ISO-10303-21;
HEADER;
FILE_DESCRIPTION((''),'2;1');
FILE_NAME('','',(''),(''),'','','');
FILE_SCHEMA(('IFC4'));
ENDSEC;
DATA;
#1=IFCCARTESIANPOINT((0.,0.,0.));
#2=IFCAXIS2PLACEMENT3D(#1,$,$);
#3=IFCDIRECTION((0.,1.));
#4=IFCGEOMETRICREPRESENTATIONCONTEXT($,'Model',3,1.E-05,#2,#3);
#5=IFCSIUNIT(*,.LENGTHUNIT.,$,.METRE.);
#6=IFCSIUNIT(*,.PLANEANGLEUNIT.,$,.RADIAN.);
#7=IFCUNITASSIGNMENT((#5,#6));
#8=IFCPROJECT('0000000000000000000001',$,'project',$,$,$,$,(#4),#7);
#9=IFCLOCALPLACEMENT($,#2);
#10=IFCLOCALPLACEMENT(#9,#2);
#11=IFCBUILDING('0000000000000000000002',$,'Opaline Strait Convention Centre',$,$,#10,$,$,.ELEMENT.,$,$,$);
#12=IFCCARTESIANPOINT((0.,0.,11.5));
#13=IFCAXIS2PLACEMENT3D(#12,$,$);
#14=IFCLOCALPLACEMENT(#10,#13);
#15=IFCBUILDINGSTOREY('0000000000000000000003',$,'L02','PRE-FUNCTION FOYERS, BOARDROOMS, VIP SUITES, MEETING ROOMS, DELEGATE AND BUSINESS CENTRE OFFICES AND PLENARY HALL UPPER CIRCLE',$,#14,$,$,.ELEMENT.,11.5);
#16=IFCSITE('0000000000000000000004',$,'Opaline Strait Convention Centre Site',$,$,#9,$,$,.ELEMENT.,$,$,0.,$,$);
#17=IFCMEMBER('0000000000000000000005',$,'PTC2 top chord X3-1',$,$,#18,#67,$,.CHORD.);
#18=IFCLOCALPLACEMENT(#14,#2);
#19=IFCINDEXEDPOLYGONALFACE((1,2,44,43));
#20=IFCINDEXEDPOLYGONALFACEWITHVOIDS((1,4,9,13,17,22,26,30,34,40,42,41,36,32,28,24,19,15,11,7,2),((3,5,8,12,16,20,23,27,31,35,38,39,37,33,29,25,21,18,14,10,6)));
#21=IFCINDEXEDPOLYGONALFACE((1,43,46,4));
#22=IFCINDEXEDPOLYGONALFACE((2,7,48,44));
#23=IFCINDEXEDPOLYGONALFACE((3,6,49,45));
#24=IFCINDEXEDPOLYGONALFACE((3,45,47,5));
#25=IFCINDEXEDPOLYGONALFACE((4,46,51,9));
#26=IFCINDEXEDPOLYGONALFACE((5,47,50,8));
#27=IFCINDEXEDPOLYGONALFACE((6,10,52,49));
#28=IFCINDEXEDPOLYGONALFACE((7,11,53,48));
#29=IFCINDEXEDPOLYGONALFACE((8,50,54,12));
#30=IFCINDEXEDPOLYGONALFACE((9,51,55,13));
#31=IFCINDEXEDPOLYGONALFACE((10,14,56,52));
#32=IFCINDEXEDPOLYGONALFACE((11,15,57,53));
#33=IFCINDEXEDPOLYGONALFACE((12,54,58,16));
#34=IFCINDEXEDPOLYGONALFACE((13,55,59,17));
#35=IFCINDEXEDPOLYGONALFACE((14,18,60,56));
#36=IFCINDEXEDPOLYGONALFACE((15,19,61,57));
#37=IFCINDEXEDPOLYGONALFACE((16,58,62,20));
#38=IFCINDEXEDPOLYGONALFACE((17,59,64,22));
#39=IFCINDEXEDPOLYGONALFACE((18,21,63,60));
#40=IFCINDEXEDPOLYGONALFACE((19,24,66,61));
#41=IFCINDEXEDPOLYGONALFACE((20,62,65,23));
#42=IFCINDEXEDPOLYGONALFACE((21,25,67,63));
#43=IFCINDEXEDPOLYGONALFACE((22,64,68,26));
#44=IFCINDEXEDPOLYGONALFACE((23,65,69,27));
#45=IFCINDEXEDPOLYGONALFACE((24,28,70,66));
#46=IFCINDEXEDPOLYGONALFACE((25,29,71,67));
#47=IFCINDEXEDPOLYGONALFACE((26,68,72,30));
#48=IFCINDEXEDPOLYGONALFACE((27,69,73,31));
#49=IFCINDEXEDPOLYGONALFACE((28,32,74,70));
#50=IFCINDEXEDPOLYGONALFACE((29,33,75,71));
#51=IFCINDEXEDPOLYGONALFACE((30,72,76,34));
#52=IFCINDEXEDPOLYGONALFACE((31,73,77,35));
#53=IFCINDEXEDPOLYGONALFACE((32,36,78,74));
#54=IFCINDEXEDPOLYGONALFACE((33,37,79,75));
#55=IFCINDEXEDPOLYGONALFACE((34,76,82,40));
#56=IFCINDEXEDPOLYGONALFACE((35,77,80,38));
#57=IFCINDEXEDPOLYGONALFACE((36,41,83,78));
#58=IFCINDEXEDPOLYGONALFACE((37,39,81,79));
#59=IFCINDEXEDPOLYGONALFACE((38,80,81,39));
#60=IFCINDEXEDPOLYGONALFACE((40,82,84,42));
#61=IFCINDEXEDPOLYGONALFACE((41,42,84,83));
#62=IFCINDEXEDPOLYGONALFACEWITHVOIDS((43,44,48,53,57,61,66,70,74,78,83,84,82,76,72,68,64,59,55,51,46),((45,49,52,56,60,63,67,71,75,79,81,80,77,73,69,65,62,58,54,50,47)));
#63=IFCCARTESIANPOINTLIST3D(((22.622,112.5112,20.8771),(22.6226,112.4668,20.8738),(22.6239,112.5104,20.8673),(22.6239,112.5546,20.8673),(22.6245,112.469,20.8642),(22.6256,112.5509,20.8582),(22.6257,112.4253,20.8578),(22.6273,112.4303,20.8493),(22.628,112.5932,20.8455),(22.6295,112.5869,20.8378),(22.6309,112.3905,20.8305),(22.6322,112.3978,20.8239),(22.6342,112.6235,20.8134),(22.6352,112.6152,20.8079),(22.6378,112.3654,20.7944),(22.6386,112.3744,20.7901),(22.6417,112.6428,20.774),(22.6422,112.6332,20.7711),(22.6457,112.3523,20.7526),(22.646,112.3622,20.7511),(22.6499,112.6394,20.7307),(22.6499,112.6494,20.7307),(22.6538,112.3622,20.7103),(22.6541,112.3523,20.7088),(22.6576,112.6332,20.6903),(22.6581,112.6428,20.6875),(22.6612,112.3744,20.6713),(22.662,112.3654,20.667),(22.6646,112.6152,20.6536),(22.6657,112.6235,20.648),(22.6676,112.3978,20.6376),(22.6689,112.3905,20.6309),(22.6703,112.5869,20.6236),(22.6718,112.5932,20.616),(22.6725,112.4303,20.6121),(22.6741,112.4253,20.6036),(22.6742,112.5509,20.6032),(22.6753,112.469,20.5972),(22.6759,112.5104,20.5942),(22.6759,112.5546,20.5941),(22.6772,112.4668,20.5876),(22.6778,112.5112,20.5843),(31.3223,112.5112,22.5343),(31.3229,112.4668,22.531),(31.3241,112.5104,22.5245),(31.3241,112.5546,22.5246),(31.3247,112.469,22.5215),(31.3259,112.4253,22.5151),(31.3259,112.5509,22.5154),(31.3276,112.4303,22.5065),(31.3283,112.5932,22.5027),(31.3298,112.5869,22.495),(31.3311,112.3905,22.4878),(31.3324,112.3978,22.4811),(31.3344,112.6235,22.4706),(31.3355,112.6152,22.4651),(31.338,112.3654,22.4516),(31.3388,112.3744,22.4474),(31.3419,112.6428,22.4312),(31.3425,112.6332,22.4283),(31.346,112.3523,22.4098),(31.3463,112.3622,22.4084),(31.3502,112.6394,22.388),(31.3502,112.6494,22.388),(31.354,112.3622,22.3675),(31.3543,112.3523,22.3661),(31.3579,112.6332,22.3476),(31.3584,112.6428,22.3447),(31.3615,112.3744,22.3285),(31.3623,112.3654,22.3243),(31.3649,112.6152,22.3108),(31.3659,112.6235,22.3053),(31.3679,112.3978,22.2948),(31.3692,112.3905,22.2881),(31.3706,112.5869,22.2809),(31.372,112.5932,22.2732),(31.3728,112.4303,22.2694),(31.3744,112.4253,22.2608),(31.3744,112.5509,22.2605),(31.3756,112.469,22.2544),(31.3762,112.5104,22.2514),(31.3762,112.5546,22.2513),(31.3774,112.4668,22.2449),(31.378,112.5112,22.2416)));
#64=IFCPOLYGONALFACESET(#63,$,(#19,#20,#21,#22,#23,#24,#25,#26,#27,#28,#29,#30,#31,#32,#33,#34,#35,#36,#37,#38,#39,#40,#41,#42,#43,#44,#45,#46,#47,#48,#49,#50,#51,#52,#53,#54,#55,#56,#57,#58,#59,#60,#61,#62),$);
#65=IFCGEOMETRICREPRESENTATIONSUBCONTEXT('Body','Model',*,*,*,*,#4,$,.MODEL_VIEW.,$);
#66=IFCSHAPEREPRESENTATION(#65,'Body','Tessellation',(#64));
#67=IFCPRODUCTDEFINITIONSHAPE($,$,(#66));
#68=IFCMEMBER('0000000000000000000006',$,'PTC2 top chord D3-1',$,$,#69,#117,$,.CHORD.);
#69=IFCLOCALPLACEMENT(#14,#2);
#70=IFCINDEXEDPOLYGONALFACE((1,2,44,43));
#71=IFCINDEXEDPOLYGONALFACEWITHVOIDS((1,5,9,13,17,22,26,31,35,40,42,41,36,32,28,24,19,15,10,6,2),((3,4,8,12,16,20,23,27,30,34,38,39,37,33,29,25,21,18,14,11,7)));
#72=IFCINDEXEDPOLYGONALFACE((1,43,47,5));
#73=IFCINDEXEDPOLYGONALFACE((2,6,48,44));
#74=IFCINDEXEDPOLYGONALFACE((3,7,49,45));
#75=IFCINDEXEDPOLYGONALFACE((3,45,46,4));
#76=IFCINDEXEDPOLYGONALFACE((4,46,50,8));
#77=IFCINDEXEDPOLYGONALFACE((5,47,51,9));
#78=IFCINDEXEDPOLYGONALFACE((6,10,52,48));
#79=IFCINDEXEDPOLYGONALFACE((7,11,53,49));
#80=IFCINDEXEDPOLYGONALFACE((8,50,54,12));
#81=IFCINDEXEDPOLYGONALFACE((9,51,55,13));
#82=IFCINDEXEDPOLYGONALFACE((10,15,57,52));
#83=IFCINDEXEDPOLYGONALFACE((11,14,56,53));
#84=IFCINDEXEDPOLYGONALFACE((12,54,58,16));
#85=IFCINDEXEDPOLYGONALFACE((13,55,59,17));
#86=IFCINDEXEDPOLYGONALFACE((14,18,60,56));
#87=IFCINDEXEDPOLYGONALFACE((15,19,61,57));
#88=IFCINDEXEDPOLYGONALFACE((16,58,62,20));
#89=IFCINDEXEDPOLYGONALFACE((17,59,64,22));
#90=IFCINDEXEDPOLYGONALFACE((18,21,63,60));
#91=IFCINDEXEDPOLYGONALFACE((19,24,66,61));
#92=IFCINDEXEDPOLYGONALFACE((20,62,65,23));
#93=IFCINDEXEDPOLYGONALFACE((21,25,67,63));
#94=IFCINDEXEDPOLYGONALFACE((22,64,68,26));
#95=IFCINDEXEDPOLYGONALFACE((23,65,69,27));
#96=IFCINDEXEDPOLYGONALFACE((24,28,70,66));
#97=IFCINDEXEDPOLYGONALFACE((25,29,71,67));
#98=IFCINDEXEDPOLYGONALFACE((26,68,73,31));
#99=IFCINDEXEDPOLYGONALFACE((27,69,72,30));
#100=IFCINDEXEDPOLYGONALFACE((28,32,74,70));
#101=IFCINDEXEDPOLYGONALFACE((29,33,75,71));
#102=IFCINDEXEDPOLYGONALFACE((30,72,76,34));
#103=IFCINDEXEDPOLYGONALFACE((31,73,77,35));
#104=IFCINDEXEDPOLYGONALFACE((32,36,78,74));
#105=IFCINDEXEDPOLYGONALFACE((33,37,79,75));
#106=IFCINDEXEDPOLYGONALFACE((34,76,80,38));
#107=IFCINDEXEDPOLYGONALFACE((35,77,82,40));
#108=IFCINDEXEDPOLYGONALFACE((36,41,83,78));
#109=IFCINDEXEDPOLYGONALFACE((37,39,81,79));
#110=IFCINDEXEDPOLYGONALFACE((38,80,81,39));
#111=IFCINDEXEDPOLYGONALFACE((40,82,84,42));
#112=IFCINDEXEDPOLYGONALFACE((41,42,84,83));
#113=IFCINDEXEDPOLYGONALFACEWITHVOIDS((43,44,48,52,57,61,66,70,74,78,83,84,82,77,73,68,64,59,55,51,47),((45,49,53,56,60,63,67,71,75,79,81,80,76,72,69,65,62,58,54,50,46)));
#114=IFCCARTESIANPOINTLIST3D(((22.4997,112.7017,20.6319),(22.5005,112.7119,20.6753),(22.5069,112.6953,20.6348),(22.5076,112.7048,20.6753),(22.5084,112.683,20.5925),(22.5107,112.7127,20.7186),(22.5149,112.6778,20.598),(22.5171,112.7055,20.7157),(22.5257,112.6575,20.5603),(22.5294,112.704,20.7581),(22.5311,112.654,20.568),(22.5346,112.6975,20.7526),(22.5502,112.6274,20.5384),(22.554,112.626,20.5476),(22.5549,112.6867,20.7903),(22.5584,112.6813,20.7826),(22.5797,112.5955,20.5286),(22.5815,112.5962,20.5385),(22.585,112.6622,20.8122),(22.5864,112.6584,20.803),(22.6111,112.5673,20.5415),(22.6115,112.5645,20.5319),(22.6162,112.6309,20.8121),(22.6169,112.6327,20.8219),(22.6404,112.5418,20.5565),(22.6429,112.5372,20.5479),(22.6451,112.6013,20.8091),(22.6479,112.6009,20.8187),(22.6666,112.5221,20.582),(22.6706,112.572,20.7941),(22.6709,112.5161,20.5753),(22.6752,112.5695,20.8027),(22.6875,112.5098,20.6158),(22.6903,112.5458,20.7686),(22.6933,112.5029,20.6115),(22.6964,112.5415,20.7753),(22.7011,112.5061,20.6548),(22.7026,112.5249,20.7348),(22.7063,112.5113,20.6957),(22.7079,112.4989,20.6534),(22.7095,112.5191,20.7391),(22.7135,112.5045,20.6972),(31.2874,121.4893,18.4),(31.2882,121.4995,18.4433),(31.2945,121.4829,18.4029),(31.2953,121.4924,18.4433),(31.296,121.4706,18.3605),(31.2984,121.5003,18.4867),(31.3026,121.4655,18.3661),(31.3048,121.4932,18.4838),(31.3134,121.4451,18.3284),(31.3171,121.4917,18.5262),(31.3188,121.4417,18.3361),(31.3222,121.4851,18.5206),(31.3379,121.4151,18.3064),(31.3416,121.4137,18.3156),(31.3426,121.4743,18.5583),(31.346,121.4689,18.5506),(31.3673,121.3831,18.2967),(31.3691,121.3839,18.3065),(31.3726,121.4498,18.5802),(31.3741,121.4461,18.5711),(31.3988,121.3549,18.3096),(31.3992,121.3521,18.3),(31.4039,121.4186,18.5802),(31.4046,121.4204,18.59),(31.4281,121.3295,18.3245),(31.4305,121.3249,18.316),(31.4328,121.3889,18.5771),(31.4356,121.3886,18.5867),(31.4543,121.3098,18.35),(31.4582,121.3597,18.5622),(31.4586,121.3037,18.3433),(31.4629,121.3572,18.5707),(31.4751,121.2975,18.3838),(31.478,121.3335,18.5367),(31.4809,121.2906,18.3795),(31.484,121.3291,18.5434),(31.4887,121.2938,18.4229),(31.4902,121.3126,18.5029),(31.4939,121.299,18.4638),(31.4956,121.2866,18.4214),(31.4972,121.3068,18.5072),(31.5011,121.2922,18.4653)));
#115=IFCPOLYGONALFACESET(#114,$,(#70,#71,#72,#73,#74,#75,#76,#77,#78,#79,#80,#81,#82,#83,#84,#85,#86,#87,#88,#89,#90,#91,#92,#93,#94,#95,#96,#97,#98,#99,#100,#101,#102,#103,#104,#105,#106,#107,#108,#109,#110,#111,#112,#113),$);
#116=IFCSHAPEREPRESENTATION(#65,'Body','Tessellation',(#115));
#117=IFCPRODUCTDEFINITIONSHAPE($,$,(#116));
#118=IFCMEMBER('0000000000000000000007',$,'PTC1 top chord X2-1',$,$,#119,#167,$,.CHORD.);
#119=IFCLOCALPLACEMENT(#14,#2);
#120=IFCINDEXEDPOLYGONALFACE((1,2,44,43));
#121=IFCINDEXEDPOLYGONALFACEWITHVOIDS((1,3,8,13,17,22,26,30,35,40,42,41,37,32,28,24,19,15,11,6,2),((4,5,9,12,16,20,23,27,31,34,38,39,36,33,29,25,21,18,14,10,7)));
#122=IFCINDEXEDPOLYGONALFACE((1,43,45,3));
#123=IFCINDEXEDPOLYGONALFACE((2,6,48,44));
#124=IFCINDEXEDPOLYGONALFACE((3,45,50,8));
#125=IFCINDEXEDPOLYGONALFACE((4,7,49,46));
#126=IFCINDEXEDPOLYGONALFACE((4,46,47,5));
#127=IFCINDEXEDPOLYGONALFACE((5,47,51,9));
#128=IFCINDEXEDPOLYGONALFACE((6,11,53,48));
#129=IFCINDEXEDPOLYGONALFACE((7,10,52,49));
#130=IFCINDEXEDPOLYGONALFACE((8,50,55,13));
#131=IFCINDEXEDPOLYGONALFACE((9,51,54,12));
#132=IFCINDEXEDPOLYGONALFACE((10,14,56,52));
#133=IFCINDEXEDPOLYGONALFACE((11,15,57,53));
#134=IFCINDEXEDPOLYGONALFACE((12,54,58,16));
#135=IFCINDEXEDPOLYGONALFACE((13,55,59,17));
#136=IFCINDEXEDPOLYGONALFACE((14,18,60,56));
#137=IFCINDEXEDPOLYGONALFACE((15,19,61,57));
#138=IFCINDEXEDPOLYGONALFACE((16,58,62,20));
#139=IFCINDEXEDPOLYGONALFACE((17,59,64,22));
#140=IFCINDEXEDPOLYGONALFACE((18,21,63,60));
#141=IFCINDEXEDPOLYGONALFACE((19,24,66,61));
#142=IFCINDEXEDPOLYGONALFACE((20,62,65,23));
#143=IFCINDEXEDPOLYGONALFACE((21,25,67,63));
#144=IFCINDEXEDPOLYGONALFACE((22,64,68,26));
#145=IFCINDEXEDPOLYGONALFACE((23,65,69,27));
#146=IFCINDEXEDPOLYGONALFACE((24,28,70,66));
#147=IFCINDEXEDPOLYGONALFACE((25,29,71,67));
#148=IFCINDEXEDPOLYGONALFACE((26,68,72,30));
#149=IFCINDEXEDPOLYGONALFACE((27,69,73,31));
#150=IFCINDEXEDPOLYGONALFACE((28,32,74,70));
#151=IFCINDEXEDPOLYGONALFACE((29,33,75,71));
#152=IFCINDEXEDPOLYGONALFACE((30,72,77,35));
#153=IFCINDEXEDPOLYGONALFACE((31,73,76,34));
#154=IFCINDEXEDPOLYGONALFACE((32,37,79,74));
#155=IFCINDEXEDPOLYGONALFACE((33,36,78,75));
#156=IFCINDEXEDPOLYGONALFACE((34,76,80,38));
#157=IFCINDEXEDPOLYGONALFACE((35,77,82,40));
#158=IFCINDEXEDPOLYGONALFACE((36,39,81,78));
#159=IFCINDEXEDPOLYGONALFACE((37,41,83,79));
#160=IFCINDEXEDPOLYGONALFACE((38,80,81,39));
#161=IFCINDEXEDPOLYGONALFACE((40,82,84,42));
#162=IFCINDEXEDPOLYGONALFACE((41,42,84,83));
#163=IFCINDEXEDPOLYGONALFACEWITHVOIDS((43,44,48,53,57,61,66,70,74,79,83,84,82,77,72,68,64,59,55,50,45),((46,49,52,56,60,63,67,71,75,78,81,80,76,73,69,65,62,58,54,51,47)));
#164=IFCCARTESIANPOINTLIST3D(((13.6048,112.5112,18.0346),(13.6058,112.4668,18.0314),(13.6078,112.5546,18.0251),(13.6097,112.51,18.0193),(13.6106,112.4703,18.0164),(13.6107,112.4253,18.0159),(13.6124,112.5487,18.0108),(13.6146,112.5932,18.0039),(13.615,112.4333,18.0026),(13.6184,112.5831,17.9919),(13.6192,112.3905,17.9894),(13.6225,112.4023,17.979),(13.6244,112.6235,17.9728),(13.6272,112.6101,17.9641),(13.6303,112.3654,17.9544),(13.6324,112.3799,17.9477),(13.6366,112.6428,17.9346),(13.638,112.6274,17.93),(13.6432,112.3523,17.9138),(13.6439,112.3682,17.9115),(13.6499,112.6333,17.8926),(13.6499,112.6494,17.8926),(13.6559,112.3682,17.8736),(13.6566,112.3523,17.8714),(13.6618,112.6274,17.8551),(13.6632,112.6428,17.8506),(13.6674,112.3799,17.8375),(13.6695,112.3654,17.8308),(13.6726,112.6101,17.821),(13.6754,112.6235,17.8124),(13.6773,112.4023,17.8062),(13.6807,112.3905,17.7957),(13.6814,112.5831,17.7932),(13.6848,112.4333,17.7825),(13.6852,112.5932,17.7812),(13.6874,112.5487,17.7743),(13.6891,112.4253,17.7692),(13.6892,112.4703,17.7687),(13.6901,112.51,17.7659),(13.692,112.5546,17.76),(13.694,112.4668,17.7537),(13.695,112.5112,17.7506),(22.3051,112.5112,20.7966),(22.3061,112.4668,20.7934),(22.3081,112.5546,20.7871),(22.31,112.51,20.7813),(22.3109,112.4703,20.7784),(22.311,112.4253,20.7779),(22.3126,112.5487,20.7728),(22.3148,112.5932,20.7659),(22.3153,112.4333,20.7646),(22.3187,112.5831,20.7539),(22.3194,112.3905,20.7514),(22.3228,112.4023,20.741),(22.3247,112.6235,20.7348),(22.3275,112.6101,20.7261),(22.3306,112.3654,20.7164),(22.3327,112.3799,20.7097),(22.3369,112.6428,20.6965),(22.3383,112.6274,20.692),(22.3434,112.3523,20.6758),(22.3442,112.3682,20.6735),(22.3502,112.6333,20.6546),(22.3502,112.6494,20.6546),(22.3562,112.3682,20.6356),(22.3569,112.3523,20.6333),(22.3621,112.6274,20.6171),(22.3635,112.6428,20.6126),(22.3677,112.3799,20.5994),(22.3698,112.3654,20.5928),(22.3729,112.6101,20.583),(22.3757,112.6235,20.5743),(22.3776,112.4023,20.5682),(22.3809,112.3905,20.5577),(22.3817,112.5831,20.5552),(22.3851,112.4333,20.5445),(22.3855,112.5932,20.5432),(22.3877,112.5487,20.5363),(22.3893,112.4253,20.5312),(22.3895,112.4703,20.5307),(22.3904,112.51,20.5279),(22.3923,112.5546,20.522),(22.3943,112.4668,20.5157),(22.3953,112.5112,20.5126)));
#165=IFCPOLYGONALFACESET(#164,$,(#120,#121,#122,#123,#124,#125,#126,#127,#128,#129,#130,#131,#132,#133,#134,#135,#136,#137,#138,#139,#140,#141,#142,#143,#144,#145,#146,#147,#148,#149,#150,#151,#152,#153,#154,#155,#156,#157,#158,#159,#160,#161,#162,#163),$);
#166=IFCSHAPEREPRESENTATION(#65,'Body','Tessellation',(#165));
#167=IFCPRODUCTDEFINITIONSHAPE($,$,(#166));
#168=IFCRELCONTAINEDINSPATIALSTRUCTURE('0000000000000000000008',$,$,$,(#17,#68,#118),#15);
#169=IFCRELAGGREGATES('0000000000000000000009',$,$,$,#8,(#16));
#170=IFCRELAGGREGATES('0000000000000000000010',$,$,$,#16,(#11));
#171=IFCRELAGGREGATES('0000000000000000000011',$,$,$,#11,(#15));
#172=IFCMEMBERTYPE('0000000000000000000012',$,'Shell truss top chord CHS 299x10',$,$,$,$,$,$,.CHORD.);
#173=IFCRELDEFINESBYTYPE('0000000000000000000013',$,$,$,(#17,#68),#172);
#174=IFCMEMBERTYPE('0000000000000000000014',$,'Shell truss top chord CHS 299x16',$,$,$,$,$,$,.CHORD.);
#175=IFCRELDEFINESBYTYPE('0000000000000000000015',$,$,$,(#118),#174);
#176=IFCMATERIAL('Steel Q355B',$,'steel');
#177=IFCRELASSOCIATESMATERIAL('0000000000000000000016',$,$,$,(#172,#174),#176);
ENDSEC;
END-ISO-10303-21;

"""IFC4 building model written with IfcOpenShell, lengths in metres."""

from ifc_helpers import new_model, si_unit, direction, frame, origin, origin_2d, place, context, subcontext, project, spatial, hollow_circle, extrude, material, material_profile, profile_set, type_object, element, save


model = new_model("IFC4")

# Units and contexts
model_context = context("Model", 3, precision=1e-05, world=origin(), true_north=direction((0.0, 1.0)))
body_context = subcontext(model_context, "Body", "Model", "MODEL_VIEW")
ifc_project = project(units=[si_unit("LENGTHUNIT", "METRE"), si_unit("PLANEANGLEUNIT", "RADIAN")], contexts=[model_context])

# Site, building, storey
site_placement = place(None, origin())
site = spatial("IfcSite", under=ifc_project, at=site_placement, Name="Opaline Strait Convention Centre Site", CompositionType="ELEMENT", RefElevation=0.0)
building_placement = place(site_placement, origin())
building = spatial("IfcBuilding", under=site, at=building_placement, Name="Opaline Strait Convention Centre", CompositionType="ELEMENT")
storey_placement = place(building_placement, frame((0.0, 0.0, 11.5)))
storey = spatial("IfcBuildingStorey", under=building, at=storey_placement, Name="L02", Description="PRE-FUNCTION FOYERS, BOARDROOMS, VIP SUITES, MEETING ROOMS, DELEGATE AND BUSINESS CENTRE OFFICES AND PLENARY HALL UPPER CIRCLE", CompositionType="ELEMENT", Elevation=11.5)

# Members
ifc_material_1 = material(Name="Steel Q355B", Category="steel")
ifc_material_profile_1 = material_profile(ifc_material_1, hollow_circle(Radius=0.1494, WallThickness=0.01, at=origin_2d()), Name="CHS 299x10")
ifc_profile_set_1 = profile_set([ifc_material_profile_1], Name="Steel Q355B")
member_type_1 = type_object("IfcMemberType", Name="Shell truss top chord CHS 299x10", PredefinedType="CHORD", material=ifc_profile_set_1)
member_1_placement = place(storey_placement, frame((22.6499, 112.5, 20.7307), z_axis=(0.982338, 0.0, 0.187117), x_axis=(0.0, 1.0, 0.0)))
element("IfcMember", 1, at=member_1_placement, inside=storey, type_object=member_type_1, Name="PTC2 top chord X3-1", PredefinedType="CHORD", context=body_context, shape_type="SweptSolid", body=[
    extrude(hollow_circle(Radius=0.1494, WallThickness=0.01, at=origin_2d()), origin(), (0.0, 0.0, 1.0), 8.8567),
])
member_2_placement = place(storey_placement, frame((22.6062, 112.6062, 20.6753), z_axis=(0.695972, 0.695972, -0.176768), x_axis=(-0.707107, 0.707107, 0.0)))
element("IfcMember", 2, at=member_2_placement, inside=storey, type_object=member_type_1, Name="PTC2 top chord D3-1", PredefinedType="CHORD", context=body_context, shape_type="SweptSolid", body=[
    extrude(hollow_circle(Radius=0.1494, WallThickness=0.01, at=origin_2d()), origin(), (0.0, 0.0, 1.0), 12.6265),
])
ifc_material_profile_2 = material_profile(ifc_material_1, hollow_circle(Radius=0.1494, WallThickness=0.0161, at=origin_2d()), Name="CHS 299x16")
ifc_profile_set_2 = profile_set([ifc_material_profile_2], Name="Steel Q355B")
member_type_2 = type_object("IfcMemberType", Name="Shell truss top chord CHS 299x16", PredefinedType="CHORD", material=ifc_profile_set_2)
member_3_placement = place(storey_placement, frame((13.6499, 112.5, 17.8926), z_axis=(0.953124, 0.0, 0.302579), x_axis=(0.0, 1.0, 0.0)))
element("IfcMember", 3, at=member_3_placement, inside=storey, type_object=member_type_2, Name="PTC1 top chord X2-1", PredefinedType="CHORD", context=body_context, shape_type="SweptSolid", body=[
    extrude(hollow_circle(Radius=0.1494, WallThickness=0.0161, at=origin_2d()), origin(), (0.0, 0.0, 1.0), 9.1282),
])

save(model, "model.ifc")
